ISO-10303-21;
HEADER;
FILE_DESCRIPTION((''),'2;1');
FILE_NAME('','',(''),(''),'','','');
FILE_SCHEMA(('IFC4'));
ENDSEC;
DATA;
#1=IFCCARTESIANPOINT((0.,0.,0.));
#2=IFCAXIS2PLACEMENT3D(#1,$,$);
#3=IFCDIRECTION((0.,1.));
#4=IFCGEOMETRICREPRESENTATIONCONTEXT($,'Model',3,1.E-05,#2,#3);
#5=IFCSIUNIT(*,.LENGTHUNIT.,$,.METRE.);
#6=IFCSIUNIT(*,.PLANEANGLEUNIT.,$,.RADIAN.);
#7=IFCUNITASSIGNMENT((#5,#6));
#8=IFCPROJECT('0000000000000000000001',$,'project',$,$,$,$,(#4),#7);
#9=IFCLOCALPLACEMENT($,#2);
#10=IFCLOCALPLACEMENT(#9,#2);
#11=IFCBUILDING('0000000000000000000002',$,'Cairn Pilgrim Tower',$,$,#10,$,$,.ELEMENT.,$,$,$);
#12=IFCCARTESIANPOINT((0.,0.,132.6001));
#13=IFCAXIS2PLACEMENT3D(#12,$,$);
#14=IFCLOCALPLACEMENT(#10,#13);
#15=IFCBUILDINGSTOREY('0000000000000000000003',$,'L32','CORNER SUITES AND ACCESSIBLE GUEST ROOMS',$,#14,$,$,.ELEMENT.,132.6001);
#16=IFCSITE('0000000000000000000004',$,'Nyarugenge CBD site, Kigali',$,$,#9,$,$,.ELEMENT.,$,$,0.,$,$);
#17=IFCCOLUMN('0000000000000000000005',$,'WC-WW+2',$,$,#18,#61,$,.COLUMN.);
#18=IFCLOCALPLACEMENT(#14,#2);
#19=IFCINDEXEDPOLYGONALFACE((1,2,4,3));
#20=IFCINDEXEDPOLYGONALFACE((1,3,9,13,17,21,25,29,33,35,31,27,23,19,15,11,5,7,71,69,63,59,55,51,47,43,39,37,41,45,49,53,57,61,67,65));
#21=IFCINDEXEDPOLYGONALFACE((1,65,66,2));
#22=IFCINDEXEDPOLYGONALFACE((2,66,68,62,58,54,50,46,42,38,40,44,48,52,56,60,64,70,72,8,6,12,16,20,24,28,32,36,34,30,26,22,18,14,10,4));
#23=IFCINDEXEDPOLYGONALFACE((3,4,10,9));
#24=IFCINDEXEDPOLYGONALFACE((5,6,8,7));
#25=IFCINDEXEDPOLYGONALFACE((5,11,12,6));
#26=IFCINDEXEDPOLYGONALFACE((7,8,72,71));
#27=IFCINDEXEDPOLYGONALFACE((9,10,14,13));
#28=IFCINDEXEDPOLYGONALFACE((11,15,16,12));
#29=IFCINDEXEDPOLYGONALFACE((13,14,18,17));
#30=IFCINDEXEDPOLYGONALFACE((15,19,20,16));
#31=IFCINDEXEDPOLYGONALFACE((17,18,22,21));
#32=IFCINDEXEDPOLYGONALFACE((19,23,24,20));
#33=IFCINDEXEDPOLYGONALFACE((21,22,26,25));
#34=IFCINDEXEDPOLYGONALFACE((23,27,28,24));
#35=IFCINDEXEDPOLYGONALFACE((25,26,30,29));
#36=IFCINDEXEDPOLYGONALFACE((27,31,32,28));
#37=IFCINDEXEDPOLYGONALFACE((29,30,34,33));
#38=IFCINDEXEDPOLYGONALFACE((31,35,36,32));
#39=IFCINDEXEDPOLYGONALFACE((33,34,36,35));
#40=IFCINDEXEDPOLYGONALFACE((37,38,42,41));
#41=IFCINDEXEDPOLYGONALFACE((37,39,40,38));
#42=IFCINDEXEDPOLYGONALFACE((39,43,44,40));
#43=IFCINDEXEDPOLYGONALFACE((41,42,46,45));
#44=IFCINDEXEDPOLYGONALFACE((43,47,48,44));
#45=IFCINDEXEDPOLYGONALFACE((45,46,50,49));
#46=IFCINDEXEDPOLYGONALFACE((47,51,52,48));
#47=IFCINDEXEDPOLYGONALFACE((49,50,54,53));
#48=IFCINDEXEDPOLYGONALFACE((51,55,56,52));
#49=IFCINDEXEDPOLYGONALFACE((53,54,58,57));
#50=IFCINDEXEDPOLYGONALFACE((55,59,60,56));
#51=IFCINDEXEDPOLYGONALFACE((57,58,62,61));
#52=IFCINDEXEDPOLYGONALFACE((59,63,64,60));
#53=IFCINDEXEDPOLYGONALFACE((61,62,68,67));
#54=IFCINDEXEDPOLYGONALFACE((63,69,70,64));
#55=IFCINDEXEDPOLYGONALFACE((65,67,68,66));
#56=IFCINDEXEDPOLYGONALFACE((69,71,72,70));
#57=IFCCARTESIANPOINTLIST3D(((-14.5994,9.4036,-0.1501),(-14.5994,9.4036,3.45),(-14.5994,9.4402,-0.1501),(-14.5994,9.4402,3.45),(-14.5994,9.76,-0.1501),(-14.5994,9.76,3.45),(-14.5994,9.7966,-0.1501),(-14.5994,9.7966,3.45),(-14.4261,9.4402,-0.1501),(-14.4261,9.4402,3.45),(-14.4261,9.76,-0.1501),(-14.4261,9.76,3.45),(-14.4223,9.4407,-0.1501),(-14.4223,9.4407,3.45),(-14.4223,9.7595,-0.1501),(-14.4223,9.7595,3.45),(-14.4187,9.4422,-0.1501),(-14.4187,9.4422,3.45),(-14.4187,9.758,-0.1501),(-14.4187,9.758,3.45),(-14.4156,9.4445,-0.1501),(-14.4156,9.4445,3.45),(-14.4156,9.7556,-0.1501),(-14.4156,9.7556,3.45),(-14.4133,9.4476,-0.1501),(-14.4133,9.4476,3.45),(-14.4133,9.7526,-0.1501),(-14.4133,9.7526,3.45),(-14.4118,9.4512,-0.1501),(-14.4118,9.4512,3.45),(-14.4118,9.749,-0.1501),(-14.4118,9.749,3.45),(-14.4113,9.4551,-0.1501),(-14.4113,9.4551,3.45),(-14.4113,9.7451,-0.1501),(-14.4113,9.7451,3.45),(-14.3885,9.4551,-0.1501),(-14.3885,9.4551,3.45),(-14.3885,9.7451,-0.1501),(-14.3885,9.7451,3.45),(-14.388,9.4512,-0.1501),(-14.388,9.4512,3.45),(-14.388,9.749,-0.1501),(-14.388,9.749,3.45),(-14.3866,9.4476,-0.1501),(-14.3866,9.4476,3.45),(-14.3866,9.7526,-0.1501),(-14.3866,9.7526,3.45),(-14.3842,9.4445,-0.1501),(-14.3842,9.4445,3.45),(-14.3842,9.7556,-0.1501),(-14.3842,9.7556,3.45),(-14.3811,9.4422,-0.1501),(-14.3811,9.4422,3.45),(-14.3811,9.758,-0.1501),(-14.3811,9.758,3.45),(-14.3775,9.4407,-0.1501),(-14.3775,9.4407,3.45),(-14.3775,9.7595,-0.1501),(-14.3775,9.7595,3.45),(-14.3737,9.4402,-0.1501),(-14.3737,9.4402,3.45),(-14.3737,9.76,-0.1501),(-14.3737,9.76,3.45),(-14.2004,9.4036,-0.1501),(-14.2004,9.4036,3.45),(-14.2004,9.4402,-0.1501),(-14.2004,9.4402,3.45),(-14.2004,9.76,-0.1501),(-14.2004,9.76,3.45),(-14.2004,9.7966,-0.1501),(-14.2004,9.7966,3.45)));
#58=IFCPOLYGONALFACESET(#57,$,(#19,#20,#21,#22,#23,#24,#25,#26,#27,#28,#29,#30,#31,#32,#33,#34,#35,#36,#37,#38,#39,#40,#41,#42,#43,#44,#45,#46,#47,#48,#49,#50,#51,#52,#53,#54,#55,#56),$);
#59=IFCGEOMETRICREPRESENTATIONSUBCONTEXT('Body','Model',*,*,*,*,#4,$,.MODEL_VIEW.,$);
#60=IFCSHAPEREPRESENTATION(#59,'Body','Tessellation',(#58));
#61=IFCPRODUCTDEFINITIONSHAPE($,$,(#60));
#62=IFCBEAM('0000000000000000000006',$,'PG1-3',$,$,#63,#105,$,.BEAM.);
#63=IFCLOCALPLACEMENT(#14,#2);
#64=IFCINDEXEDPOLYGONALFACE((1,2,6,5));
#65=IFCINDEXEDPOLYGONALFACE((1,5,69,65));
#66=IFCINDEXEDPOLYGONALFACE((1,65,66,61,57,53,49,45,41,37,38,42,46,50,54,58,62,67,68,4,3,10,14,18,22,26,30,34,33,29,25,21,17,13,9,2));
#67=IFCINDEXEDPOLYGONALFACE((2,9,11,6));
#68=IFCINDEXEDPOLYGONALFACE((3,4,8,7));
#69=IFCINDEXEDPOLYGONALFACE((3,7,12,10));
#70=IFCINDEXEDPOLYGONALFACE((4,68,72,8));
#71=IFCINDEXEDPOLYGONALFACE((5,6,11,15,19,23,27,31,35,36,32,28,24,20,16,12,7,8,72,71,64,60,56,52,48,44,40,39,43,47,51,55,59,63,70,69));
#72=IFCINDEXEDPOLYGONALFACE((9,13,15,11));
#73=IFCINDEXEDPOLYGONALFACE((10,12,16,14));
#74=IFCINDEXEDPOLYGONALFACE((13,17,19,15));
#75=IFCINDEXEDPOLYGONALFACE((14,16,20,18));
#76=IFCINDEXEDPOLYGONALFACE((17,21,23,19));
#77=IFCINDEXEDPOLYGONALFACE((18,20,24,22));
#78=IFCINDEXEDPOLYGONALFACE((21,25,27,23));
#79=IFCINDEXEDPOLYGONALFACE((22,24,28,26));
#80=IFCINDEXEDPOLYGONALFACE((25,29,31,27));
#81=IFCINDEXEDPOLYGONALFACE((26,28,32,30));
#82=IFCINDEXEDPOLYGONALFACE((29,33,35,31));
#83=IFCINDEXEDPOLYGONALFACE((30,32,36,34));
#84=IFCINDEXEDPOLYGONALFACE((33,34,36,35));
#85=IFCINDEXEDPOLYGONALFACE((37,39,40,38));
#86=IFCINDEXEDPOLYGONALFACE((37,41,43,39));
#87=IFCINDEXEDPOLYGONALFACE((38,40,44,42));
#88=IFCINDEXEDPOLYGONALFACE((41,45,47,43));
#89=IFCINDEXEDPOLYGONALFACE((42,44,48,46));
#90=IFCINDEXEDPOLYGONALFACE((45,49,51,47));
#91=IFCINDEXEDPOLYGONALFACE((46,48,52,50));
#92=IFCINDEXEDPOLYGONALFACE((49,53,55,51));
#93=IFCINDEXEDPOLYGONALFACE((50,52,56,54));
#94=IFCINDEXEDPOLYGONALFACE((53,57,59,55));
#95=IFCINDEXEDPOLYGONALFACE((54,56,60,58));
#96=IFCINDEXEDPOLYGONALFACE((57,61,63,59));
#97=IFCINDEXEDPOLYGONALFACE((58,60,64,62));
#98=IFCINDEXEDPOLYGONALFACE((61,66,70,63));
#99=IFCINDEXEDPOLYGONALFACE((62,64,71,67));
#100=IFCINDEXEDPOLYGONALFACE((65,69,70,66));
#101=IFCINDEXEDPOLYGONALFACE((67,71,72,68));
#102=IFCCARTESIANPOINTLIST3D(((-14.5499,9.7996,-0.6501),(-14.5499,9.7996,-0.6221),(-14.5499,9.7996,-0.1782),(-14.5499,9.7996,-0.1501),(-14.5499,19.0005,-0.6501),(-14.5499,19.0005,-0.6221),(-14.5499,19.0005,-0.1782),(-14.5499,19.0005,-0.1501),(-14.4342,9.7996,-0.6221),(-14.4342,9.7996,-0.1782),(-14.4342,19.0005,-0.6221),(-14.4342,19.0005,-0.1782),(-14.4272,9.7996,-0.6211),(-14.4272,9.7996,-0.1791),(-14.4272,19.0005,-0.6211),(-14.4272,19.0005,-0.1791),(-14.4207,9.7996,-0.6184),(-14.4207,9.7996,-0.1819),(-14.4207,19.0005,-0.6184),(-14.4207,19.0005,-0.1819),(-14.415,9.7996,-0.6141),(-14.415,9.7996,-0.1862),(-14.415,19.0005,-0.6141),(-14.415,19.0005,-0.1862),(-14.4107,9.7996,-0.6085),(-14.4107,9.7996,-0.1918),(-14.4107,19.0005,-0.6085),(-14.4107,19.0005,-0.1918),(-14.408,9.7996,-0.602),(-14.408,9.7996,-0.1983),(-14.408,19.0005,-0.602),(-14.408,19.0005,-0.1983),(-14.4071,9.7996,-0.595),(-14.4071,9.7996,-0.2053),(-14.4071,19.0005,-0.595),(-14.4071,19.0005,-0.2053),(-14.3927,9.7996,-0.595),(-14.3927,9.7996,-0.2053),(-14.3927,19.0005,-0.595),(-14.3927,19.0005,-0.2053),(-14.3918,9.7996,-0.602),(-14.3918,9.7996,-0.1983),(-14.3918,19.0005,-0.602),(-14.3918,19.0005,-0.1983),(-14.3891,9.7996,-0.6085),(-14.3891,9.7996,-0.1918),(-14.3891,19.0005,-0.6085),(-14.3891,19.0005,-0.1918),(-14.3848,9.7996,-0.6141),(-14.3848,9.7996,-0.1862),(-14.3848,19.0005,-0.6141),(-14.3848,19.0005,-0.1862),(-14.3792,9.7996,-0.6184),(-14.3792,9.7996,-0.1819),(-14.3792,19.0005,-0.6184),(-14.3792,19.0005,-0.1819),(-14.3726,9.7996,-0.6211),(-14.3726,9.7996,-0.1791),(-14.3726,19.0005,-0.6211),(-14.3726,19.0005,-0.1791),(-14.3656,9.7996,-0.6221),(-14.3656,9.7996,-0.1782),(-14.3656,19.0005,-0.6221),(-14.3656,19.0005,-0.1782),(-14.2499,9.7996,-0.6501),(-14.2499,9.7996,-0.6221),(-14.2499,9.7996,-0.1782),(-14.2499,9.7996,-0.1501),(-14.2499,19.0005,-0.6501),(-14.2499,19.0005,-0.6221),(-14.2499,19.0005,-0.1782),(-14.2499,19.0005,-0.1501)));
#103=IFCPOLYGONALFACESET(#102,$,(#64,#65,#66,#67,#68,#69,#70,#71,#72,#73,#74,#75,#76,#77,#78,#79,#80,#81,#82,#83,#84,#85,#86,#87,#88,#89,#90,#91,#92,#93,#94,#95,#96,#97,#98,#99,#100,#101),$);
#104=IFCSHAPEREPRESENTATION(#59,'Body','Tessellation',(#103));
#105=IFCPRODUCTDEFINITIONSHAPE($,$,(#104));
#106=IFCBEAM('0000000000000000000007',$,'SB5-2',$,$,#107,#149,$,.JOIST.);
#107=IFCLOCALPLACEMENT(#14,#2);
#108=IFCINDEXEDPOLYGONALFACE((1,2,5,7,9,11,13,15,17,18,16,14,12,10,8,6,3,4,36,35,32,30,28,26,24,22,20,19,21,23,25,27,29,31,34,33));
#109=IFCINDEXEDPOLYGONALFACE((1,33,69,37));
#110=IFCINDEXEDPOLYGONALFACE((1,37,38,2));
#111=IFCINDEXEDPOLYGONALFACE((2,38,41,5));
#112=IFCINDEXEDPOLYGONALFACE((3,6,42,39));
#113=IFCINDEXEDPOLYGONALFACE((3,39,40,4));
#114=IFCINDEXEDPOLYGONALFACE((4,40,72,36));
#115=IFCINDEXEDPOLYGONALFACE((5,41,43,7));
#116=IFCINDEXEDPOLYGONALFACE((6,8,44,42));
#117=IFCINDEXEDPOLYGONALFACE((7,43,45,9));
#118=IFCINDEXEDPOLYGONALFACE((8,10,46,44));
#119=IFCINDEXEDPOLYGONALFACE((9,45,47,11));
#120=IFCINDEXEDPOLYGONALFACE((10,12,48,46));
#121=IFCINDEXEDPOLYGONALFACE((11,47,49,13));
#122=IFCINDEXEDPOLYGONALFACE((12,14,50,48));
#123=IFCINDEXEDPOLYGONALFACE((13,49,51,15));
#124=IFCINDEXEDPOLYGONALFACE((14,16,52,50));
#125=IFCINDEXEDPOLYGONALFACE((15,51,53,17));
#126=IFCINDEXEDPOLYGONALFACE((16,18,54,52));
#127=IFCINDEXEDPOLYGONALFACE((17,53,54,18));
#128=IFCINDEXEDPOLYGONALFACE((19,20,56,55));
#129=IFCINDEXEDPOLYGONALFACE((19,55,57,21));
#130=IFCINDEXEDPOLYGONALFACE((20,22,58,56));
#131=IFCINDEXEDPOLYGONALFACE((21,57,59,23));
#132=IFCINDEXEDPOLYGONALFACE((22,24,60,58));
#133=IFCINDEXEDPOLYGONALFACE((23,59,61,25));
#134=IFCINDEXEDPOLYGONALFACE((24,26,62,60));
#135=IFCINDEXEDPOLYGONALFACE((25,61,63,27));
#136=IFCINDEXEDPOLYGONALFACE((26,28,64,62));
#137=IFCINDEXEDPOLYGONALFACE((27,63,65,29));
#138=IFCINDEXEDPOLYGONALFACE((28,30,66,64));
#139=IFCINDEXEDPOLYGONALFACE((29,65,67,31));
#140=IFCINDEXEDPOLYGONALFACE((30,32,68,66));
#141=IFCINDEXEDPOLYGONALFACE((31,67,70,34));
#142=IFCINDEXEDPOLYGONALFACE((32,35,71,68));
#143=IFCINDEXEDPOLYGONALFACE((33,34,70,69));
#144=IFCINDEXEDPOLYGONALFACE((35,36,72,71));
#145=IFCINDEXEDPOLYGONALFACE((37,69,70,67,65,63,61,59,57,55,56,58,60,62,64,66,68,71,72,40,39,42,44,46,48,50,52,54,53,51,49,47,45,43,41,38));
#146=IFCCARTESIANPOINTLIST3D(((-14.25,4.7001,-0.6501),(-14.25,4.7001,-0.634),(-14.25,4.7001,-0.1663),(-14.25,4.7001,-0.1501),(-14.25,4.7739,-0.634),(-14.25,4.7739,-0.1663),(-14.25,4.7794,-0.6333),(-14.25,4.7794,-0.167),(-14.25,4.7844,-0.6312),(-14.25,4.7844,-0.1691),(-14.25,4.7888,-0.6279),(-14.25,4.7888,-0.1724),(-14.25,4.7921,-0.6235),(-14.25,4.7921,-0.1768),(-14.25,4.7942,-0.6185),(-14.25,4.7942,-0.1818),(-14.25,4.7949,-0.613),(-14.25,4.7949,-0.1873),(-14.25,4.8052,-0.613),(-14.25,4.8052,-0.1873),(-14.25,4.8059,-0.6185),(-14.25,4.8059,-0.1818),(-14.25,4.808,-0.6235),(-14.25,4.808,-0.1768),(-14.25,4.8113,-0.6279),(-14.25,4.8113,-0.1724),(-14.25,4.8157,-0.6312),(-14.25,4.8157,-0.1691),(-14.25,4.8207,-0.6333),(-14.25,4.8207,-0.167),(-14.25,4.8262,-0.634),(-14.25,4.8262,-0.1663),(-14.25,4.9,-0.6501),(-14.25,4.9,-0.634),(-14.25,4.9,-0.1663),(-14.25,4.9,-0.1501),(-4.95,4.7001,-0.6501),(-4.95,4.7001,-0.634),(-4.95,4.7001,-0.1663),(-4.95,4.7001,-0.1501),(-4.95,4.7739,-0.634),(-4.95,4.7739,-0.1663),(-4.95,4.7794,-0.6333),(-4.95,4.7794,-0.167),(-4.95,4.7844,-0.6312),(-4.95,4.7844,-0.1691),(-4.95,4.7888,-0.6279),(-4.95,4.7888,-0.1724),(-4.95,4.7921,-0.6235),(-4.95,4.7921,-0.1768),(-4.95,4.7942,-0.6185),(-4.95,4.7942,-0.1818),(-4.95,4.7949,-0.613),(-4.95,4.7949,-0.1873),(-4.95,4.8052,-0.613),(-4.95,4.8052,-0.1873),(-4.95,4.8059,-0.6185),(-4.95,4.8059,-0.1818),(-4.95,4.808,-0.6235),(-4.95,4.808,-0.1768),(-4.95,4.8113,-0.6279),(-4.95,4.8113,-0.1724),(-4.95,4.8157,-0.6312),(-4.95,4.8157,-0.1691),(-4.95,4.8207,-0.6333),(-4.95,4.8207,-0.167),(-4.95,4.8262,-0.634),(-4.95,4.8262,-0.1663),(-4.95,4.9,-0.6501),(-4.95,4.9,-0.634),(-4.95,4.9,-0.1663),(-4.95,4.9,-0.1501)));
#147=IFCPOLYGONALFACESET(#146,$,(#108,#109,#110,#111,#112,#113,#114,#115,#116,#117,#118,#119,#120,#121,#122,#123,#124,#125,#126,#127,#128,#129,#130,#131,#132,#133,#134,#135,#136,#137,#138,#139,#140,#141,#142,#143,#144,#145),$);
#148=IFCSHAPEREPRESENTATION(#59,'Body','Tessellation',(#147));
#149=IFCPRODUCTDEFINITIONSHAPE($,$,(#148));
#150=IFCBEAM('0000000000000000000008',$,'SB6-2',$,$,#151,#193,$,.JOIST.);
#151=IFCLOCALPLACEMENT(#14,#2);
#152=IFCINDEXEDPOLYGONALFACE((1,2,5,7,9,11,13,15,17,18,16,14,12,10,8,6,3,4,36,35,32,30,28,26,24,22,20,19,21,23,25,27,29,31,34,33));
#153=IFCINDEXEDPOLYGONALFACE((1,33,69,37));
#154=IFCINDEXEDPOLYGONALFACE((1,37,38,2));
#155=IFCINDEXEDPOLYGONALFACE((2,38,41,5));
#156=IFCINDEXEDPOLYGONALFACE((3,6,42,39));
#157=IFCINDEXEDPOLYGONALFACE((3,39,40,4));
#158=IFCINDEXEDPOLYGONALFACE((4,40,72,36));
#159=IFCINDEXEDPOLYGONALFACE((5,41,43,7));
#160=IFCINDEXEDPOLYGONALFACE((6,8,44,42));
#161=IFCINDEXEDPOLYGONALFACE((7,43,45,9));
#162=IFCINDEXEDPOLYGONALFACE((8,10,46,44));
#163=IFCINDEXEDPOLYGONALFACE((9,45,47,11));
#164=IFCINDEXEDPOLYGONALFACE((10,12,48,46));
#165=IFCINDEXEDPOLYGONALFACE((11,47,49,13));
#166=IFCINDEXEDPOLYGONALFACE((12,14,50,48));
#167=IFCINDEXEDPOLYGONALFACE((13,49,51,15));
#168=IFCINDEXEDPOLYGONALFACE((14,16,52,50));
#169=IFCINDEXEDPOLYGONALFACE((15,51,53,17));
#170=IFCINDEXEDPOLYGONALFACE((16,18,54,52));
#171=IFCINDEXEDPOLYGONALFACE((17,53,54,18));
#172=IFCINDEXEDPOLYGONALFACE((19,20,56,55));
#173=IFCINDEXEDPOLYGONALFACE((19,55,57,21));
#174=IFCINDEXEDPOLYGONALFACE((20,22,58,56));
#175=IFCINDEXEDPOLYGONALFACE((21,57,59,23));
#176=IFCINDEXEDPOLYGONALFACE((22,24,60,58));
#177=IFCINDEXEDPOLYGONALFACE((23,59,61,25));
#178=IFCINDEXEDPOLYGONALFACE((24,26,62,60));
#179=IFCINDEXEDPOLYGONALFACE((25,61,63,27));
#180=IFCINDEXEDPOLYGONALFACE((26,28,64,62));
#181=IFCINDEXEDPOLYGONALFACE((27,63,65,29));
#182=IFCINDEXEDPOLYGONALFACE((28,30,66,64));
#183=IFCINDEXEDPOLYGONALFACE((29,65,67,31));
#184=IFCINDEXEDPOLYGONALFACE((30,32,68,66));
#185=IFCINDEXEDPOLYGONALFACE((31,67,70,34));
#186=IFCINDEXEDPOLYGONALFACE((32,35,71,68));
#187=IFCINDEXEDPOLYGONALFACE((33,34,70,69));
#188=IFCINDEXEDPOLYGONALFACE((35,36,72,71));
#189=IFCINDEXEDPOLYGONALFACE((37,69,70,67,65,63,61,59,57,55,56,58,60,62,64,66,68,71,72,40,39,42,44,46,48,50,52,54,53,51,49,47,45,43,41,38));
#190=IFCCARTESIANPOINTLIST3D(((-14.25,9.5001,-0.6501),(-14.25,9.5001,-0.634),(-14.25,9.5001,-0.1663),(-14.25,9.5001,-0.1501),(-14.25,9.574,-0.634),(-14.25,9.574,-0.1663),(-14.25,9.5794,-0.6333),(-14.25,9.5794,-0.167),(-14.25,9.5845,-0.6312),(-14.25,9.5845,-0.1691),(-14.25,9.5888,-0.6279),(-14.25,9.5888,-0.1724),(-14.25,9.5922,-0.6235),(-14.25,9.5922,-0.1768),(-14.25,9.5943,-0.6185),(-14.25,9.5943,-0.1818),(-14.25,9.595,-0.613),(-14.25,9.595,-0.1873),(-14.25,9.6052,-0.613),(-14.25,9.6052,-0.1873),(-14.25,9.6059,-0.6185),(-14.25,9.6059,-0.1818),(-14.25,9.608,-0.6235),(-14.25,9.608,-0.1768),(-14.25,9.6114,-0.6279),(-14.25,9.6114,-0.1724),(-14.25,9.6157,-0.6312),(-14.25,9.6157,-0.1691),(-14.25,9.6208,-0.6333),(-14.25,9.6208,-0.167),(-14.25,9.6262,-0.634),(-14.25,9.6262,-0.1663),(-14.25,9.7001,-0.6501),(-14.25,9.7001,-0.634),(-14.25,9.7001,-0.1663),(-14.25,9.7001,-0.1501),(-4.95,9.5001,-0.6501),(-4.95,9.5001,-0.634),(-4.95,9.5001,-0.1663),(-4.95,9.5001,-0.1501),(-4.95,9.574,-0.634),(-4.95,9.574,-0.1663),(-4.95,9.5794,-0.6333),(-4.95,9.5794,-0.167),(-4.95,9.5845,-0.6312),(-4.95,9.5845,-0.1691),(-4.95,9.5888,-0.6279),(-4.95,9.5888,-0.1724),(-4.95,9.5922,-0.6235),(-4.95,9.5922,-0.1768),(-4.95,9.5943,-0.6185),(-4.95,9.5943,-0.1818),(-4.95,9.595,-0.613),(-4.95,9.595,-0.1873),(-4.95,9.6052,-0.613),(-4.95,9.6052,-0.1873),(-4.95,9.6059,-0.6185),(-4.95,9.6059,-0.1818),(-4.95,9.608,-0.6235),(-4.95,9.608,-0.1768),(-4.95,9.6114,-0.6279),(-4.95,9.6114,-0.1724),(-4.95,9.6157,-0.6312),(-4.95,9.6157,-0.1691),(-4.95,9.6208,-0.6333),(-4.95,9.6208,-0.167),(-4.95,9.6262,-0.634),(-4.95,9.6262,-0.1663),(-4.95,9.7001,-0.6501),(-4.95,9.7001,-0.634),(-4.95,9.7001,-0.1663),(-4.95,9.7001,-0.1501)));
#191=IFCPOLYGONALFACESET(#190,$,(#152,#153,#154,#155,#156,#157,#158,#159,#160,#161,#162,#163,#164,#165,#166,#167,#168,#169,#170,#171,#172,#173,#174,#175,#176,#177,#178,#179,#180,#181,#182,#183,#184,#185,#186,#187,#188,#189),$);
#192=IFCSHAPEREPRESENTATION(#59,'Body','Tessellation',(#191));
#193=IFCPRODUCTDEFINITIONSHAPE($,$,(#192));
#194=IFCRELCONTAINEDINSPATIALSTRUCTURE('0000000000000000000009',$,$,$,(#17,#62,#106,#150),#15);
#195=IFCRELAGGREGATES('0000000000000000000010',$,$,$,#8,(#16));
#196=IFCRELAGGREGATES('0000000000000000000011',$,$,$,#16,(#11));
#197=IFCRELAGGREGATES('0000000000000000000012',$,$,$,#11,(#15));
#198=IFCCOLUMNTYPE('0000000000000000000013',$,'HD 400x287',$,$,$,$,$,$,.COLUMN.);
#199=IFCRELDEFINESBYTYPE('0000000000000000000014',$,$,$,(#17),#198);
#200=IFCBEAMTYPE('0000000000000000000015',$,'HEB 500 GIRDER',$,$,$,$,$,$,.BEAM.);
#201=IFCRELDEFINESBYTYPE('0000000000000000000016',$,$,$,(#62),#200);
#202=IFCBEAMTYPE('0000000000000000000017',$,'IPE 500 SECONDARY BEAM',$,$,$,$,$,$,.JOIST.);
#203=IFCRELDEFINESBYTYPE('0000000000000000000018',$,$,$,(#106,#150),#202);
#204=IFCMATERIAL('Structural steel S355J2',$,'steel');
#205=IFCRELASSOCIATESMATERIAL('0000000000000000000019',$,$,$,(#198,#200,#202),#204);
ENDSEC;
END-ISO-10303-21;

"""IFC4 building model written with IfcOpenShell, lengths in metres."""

from ifc_helpers import new_model, si_unit, direction, frame, origin, origin_2d, place, context, subcontext, project, spatial, i_section, extrude, material, material_profile, profile_set, type_object, element, save


model = new_model("IFC4")

# Units and contexts
model_context = context("Model", 3, precision=1e-05, world=origin(), true_north=direction((0.0, 1.0)))
body_context = subcontext(model_context, "Body", "Model", "MODEL_VIEW")
ifc_project = project(units=[si_unit("LENGTHUNIT", "METRE"), si_unit("PLANEANGLEUNIT", "RADIAN")], contexts=[model_context])

# Site, building, storey
site_placement = place(None, origin())
site = spatial("IfcSite", under=ifc_project, at=site_placement, Name="Nyarugenge CBD site, Kigali", CompositionType="ELEMENT", RefElevation=0.0)
building_placement = place(site_placement, origin())
building = spatial("IfcBuilding", under=site, at=building_placement, Name="Cairn Pilgrim Tower", CompositionType="ELEMENT")
storey_placement = place(building_placement, frame((0.0, 0.0, 132.6001)))
storey = spatial("IfcBuildingStorey", under=building, at=storey_placement, Name="L32", Description="CORNER SUITES AND ACCESSIBLE GUEST ROOMS", CompositionType="ELEMENT", Elevation=132.6001)

# Column
ifc_material_1 = material(Name="Structural steel S355J2", Category="steel")
ifc_material_profile_1 = material_profile(ifc_material_1, i_section(OverallWidth=0.3989, OverallDepth=0.3931, WebThickness=0.0227, FlangeThickness=0.0366, FilletRadius=0.0149, at=origin_2d()), Name="HD 400x287")
ifc_profile_set_1 = profile_set([ifc_material_profile_1], Name="Structural steel S355J2")
column_type = type_object("IfcColumnType", Name="HD 400x287", PredefinedType="COLUMN", material=ifc_profile_set_1)
column_placement = place(storey_placement, frame((-14.3999, 9.6001, -0.1501), z_axis=(0.0, 0.0, 1.0), x_axis=(1.0, 0.0, 0.0)))
element("IfcColumn", 1, at=column_placement, inside=storey, type_object=column_type, Name="WC-WW+2", PredefinedType="COLUMN", context=body_context, shape_type="SweptSolid", body=[
    extrude(i_section(OverallWidth=0.3989, OverallDepth=0.3931, WebThickness=0.0227, FlangeThickness=0.0366, FilletRadius=0.0149, at=origin_2d()), origin(), (0.0, 0.0, 1.0), 3.6001),
])

# Beams
ifc_material_profile_2 = material_profile(ifc_material_1, i_section(OverallWidth=0.3, OverallDepth=0.5, WebThickness=0.0144, FlangeThickness=0.0281, FilletRadius=0.0271, at=origin_2d()), Name="HEB 500")
ifc_profile_set_2 = profile_set([ifc_material_profile_2], Name="Structural steel S355J2")
beam_type_1 = type_object("IfcBeamType", Name="HEB 500 GIRDER", PredefinedType="BEAM", material=ifc_profile_set_2)
beam_placement = place(storey_placement, frame((-14.3999, 9.7996, -0.4001), z_axis=(0.0, 1.0, 0.0), x_axis=(-1.0, 0.0, 0.0)))
element("IfcBeam", 2, at=beam_placement, inside=storey, type_object=beam_type_1, Name="PG1-3", PredefinedType="BEAM", context=body_context, shape_type="SweptSolid", body=[
    extrude(i_section(OverallWidth=0.3, OverallDepth=0.5, WebThickness=0.0144, FlangeThickness=0.0281, FilletRadius=0.0271, at=origin_2d()), origin(), (0.0, 0.0, 1.0), 9.2009),
])
ifc_material_profile_3 = material_profile(ifc_material_1, i_section(OverallWidth=0.2, OverallDepth=0.5, WebThickness=0.0103, FlangeThickness=0.0161, FilletRadius=0.021, at=origin_2d()), Name="IPE 500")
ifc_profile_set_3 = profile_set([ifc_material_profile_3], Name="Structural steel S355J2")
beam_type_2 = type_object("IfcBeamType", Name="IPE 500 SECONDARY BEAM", PredefinedType="JOIST", material=ifc_profile_set_3)
for number, where, z_axis, x_axis, name in (
    (3, (-14.25, 4.8, -0.4001), (1.0, 0.0, 0.0), (0.0, 1.0, 0.0), "SB5-2"),
    (4, (-14.25, 9.6001, -0.4001), (1.0, 0.0, 0.0), (0.0, 1.0, 0.0), "SB6-2"),
):
    element("IfcBeam", number, at=place(storey_placement, frame(where, z_axis=z_axis, x_axis=x_axis)), inside=storey, type_object=beam_type_2, Name=name, PredefinedType="JOIST", context=body_context, shape_type="SweptSolid", body=[
        extrude(i_section(OverallWidth=0.2, OverallDepth=0.5, WebThickness=0.0103, FlangeThickness=0.0161, FilletRadius=0.021, at=origin_2d()), origin(), (0.0, 0.0, 1.0), 9.3),
    ])

save(model, "model.ifc")
